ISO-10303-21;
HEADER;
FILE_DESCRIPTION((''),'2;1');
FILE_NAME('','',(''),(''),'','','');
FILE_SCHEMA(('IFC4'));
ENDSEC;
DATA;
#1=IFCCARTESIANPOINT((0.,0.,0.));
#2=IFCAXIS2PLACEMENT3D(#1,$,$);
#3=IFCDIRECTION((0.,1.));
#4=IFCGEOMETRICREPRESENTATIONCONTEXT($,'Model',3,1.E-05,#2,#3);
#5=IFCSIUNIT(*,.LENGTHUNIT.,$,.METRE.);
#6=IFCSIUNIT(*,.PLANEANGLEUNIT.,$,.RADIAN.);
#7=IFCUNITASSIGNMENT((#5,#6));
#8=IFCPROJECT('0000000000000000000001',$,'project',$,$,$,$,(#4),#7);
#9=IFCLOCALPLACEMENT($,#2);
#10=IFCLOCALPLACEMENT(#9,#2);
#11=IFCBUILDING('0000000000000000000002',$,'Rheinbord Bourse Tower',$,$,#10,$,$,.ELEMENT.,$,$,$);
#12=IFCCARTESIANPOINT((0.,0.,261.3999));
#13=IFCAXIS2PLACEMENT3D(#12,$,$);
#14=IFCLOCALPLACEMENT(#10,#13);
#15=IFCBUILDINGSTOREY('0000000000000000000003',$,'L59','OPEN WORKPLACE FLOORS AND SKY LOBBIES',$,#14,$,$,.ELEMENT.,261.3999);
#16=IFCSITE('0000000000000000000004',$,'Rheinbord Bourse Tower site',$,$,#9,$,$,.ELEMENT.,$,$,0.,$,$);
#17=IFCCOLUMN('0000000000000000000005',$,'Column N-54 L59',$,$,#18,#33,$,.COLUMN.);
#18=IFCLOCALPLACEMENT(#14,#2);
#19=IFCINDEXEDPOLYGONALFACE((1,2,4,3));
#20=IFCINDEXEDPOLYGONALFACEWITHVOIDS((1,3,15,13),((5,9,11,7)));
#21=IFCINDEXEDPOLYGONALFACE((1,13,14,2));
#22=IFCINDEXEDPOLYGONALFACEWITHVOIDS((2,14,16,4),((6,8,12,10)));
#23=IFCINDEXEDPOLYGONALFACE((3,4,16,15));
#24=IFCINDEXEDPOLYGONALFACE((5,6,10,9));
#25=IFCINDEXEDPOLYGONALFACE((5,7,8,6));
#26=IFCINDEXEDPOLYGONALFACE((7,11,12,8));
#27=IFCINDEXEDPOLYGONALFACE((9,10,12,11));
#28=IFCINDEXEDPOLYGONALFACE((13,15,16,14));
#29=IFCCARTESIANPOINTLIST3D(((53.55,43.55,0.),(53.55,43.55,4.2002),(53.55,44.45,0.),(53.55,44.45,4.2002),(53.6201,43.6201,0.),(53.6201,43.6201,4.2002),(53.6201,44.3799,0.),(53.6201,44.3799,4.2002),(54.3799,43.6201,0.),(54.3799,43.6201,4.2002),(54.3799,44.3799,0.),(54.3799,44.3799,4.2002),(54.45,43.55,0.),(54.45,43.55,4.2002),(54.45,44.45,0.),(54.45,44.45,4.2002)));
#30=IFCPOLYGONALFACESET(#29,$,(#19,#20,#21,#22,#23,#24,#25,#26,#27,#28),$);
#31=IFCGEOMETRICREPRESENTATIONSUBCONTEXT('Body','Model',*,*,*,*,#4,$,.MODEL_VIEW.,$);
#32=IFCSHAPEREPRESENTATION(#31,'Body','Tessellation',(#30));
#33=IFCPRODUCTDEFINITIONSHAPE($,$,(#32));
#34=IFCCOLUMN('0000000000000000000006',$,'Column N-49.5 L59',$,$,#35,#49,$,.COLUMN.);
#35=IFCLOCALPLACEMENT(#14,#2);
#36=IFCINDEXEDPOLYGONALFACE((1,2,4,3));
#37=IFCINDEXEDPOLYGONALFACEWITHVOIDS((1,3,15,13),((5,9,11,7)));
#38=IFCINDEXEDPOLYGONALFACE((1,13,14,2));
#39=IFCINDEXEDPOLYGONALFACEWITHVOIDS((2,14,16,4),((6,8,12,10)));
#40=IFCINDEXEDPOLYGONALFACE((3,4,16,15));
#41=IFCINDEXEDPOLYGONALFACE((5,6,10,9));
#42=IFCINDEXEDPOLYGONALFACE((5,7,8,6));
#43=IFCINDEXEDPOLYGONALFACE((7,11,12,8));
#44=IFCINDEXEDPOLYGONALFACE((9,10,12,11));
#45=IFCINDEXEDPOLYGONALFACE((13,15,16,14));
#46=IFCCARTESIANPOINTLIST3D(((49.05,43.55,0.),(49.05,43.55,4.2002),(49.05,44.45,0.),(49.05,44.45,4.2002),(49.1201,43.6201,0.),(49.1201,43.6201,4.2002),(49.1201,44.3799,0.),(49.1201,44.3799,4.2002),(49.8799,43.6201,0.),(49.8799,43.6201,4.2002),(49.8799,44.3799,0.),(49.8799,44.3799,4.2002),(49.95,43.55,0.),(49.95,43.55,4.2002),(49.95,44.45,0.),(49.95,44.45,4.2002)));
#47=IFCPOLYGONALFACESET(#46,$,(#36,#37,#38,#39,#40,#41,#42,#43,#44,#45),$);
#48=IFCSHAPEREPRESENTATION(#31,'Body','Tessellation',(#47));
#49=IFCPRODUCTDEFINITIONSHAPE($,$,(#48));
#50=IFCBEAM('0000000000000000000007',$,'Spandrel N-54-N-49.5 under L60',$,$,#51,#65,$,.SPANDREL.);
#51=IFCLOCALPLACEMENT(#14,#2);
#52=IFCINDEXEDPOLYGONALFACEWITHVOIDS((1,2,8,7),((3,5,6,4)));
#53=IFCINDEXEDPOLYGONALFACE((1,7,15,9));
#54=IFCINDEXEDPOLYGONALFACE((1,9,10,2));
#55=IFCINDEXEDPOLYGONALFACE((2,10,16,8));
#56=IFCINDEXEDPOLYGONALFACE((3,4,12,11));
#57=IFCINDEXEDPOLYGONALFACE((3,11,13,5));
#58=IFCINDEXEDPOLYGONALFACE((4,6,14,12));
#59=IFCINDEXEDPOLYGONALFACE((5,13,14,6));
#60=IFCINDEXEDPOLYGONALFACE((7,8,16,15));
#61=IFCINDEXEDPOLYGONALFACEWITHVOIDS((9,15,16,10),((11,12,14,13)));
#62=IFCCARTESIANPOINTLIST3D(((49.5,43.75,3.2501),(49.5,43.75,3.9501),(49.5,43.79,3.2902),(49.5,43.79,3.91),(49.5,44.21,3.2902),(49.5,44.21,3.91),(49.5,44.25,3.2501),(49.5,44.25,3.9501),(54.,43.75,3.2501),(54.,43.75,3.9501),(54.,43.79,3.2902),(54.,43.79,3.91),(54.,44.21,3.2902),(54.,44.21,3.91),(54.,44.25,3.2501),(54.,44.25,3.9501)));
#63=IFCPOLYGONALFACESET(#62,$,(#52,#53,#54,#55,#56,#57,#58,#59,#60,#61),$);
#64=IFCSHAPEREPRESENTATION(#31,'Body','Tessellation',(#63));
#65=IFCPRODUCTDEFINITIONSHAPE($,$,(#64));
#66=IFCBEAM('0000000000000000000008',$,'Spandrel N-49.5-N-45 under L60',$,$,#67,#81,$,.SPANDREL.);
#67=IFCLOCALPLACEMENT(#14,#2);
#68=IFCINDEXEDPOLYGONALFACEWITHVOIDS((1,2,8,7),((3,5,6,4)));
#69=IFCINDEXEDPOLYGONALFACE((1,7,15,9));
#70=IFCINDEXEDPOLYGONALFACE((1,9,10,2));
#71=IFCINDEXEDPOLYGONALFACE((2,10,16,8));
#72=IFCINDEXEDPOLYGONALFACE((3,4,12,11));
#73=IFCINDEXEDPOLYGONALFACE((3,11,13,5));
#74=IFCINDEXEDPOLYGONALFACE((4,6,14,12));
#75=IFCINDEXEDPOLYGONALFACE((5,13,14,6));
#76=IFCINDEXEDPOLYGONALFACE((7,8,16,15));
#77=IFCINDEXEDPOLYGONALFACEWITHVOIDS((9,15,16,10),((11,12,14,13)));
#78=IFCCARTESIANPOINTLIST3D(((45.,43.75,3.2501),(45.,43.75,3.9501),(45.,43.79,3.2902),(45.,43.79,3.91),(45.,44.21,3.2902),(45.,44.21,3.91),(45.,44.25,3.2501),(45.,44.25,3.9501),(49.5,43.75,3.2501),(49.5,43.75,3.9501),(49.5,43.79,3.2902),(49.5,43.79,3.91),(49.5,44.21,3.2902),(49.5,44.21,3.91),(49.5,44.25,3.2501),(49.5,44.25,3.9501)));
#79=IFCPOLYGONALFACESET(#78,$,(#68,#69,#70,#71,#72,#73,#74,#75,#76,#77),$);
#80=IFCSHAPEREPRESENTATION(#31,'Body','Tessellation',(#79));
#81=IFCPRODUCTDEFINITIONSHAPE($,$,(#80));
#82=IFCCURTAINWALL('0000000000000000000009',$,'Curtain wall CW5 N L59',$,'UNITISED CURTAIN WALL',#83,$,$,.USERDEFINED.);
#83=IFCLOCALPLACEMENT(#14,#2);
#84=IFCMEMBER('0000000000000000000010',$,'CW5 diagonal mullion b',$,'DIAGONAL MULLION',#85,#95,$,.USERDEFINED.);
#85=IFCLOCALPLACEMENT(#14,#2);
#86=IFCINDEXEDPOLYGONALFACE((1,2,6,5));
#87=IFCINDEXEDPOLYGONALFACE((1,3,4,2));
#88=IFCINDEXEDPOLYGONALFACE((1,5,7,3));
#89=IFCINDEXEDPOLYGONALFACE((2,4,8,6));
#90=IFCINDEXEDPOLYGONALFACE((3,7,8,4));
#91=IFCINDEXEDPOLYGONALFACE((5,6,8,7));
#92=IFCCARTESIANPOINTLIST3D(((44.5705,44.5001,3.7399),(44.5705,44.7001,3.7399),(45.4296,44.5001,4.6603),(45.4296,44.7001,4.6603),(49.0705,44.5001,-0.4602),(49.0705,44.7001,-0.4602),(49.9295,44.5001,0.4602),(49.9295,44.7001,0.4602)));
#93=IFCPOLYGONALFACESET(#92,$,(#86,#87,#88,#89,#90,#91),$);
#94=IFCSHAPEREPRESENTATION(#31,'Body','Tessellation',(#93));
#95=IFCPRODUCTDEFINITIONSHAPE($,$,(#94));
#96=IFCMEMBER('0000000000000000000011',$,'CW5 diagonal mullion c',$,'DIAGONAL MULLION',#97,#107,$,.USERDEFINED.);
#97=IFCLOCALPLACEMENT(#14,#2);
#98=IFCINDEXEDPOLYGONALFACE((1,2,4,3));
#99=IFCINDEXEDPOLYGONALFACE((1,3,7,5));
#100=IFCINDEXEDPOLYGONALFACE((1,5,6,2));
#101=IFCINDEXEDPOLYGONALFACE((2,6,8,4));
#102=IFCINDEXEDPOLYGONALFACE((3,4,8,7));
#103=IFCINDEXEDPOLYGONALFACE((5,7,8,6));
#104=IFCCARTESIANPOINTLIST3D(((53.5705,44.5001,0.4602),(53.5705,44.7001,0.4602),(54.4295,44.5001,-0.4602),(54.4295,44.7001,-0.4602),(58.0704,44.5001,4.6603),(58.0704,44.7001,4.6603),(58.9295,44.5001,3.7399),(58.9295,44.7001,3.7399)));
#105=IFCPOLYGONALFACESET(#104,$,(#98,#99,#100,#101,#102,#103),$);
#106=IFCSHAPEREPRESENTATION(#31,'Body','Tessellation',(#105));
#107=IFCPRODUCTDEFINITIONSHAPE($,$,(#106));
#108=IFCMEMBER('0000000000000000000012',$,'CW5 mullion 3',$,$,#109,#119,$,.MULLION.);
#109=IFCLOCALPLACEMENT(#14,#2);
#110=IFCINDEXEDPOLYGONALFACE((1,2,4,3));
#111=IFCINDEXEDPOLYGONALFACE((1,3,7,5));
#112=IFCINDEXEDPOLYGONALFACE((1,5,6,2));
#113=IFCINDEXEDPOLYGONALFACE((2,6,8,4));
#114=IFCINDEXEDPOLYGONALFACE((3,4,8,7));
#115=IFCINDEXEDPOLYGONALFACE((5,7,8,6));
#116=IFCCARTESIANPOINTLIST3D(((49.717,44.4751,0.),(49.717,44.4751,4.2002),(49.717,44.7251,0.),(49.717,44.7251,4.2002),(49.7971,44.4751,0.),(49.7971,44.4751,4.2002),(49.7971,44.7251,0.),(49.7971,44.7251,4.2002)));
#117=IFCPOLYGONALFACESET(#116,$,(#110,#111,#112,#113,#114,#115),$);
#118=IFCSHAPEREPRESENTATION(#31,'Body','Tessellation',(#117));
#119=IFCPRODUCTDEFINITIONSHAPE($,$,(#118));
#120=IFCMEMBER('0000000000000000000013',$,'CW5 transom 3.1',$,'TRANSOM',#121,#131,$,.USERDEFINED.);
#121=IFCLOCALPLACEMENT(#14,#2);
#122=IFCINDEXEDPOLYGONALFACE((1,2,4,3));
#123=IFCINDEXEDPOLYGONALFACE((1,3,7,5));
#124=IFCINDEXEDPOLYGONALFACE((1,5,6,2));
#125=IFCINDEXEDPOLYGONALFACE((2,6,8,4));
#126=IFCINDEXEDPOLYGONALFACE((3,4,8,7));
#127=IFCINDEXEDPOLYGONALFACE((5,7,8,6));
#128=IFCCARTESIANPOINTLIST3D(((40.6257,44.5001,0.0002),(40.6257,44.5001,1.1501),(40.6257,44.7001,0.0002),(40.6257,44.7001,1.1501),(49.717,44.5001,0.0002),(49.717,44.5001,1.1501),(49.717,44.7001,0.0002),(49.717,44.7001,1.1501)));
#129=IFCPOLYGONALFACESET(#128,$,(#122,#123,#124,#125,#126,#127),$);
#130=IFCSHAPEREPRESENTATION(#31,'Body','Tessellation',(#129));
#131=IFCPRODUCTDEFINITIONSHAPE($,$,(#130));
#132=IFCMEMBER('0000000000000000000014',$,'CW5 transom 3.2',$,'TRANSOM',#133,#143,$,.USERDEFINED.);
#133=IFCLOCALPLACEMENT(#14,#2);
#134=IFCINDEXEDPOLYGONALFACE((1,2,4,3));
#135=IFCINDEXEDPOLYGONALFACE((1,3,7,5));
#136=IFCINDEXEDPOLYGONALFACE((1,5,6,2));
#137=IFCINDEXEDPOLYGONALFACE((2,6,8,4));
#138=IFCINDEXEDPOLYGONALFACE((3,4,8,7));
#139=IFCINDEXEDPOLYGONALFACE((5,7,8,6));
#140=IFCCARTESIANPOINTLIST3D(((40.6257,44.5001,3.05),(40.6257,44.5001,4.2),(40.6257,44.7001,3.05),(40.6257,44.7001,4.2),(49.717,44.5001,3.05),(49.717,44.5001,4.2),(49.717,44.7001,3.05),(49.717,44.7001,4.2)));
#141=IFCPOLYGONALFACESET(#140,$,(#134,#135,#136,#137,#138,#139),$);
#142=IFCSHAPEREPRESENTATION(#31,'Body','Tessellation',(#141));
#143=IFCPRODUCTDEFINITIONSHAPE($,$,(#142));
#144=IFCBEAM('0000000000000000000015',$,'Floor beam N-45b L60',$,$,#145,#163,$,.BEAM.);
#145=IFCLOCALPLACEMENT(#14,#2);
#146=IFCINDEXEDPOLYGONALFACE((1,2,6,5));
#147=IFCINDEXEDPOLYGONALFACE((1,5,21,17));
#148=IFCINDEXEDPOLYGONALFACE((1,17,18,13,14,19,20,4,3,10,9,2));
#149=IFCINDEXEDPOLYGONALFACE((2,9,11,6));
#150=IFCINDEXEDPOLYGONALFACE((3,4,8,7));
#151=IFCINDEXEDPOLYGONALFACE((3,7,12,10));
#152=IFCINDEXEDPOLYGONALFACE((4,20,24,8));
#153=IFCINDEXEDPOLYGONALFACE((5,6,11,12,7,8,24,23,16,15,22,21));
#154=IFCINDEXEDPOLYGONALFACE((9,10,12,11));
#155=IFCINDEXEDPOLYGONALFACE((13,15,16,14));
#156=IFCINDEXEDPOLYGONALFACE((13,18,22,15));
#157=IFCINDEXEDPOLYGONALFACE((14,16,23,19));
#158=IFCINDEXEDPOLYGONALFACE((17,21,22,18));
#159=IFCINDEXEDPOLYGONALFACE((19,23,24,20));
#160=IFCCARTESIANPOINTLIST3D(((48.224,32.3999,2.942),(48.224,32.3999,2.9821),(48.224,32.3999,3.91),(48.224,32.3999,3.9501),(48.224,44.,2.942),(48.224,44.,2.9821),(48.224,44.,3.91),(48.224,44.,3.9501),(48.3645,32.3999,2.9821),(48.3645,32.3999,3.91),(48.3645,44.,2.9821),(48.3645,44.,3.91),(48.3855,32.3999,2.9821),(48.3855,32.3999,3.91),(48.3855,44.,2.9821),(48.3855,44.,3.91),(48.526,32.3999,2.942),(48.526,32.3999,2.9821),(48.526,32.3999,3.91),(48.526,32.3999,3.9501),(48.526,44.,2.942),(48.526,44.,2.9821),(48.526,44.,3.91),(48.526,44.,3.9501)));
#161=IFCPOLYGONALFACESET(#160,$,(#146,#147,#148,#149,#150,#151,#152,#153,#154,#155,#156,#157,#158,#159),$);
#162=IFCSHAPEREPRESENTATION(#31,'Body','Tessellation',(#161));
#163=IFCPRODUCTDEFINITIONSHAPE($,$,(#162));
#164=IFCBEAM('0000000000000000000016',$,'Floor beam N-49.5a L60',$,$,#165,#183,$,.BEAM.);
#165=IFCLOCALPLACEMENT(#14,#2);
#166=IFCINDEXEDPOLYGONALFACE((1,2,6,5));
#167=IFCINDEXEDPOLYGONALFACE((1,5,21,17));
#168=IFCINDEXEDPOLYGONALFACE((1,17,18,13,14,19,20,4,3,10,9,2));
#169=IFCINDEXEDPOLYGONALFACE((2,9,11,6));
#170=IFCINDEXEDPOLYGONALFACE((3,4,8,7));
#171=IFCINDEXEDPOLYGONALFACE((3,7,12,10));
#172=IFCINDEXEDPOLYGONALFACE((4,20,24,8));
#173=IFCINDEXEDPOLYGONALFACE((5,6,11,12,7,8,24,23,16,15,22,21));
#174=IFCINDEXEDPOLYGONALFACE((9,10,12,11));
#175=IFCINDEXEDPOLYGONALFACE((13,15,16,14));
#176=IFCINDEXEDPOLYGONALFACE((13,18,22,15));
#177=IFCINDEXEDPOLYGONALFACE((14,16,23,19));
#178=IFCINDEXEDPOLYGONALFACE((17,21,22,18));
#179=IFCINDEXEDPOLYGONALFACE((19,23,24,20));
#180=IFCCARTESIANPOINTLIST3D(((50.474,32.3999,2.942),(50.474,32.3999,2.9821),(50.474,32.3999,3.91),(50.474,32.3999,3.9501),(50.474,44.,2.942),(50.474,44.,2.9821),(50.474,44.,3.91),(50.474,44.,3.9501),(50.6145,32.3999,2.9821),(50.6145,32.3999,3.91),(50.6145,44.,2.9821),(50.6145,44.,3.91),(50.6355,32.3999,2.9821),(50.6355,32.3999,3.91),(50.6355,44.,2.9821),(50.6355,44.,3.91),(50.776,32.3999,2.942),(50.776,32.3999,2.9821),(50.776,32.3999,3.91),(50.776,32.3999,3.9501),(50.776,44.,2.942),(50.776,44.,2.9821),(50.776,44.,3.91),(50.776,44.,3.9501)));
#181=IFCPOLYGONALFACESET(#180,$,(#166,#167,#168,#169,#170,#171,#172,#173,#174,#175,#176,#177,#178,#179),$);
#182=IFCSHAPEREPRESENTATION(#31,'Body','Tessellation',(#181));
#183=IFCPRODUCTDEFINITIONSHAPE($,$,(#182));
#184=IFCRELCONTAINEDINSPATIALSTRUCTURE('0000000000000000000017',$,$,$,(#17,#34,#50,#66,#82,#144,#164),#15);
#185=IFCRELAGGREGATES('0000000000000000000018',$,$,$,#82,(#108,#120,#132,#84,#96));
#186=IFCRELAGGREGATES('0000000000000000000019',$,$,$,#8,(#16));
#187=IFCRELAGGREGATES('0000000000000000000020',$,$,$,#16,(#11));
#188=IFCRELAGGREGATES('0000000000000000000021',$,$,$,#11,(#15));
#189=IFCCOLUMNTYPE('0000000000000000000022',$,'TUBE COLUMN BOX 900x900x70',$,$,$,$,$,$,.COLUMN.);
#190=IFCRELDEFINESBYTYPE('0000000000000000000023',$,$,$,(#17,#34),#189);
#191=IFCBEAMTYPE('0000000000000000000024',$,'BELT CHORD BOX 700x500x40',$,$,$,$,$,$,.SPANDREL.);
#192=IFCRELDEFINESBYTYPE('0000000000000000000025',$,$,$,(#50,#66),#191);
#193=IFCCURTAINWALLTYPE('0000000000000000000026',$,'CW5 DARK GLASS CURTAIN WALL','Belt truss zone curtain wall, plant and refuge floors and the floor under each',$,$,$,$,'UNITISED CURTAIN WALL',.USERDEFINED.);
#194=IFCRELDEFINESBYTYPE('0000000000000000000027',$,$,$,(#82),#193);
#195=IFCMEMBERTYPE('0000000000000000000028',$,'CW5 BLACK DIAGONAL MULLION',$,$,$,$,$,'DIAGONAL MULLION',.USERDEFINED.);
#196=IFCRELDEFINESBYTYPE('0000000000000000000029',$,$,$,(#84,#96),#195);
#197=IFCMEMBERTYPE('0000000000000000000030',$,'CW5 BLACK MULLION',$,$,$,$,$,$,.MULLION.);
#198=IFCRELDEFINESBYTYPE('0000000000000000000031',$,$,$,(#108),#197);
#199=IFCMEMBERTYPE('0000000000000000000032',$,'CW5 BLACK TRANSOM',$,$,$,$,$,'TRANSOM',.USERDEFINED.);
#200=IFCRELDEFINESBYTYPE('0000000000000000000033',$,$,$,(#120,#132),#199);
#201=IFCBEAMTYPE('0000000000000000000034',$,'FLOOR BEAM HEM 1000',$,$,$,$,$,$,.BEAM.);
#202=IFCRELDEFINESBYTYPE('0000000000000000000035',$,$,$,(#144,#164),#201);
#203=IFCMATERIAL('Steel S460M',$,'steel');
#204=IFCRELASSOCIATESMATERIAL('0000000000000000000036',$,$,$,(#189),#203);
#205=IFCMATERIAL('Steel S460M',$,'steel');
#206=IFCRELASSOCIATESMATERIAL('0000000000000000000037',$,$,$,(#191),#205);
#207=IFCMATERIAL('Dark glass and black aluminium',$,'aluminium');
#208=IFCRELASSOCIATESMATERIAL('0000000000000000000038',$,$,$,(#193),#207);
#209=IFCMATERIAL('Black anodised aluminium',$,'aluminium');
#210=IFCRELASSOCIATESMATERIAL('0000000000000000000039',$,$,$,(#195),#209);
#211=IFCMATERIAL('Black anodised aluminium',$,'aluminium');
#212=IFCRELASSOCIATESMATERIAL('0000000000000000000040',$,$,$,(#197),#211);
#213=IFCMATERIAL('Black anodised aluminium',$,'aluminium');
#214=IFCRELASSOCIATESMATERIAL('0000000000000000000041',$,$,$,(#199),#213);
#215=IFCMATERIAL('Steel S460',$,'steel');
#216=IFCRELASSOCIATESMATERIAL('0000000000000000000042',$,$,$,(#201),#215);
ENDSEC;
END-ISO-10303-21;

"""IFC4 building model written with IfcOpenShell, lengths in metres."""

from ifc_helpers import new_model, si_unit, direction, frame, origin, origin_2d, place, context, subcontext, project, spatial, rectangle, hollow_rectangle, i_section, extrude, material, material_profile, profile_set, type_object, element, aggregate, save


model = new_model("IFC4")

# Units and contexts
model_context = context("Model", 3, precision=1e-05, world=origin(), true_north=direction((0.0, 1.0)))
body_context = subcontext(model_context, "Body", "Model", "MODEL_VIEW")
ifc_project = project(units=[si_unit("LENGTHUNIT", "METRE"), si_unit("PLANEANGLEUNIT", "RADIAN")], contexts=[model_context])

# Site, building, storey
site_placement = place(None, origin())
site = spatial("IfcSite", under=ifc_project, at=site_placement, Name="Rheinbord Bourse Tower site", CompositionType="ELEMENT", RefElevation=0.0)
building_placement = place(site_placement, origin())
building = spatial("IfcBuilding", under=site, at=building_placement, Name="Rheinbord Bourse Tower", CompositionType="ELEMENT")
storey_placement = place(building_placement, frame((0.0, 0.0, 261.3999)))
storey = spatial("IfcBuildingStorey", under=building, at=storey_placement, Name="L59", Description="OPEN WORKPLACE FLOORS AND SKY LOBBIES", CompositionType="ELEMENT", Elevation=261.3999)

# Columns
ifc_material_1 = material(Name="Steel S460M", Category="steel")
ifc_material_profile_1 = material_profile(ifc_material_1, hollow_rectangle(XDim=0.8999, YDim=0.8999, WallThickness=0.0701, at=origin_2d()), Name="BOX 900x900x70")
ifc_profile_set_1 = profile_set([ifc_material_profile_1], Name="Steel S460M")
column_type = type_object("IfcColumnType", Name="TUBE COLUMN BOX 900x900x70", PredefinedType="COLUMN", material=ifc_profile_set_1)
for number, where, z_axis, x_axis, name in (
    (1, (54.0, 44.0, 0.0), (0.0, 0.0, 1.0), (0.0, 1.0, 0.0), "Column N-54 L59"),
    (2, (49.5, 44.0, 0.0), (0.0, 0.0, 1.0), (0.0, 1.0, 0.0), "Column N-49.5 L59"),
):
    element("IfcColumn", number, at=place(storey_placement, frame(where, z_axis=z_axis, x_axis=x_axis)), inside=storey, type_object=column_type, Name=name, PredefinedType="COLUMN", context=body_context, shape_type="SweptSolid", body=[
        extrude(hollow_rectangle(XDim=0.8999, YDim=0.8999, WallThickness=0.0701, at=origin_2d()), origin(), (0.0, 0.0, 1.0), 4.2002),
    ])

# Beams
ifc_material_2 = material(Name="Steel S460M", Category="steel")
ifc_material_profile_2 = material_profile(ifc_material_2, hollow_rectangle(XDim=0.5, YDim=0.7, WallThickness=0.04, at=origin_2d()), Name="BOX 700x500x40")
ifc_profile_set_2 = profile_set([ifc_material_profile_2], Name="Steel S460M")
beam_type_1 = type_object("IfcBeamType", Name="BELT CHORD BOX 700x500x40", PredefinedType="SPANDREL", material=ifc_profile_set_2)
for number, where, z_axis, x_axis, name in (
    (3, (54.0, 44.0, 3.6001), (-1.0, 0.0, 0.0), (0.0, -1.0, 0.0), "Spandrel N-54-N-49.5 under L60"),
    (4, (49.5, 44.0, 3.6001), (-1.0, 0.0, 0.0), (0.0, -1.0, 0.0), "Spandrel N-49.5-N-45 under L60"),
):
    element("IfcBeam", number, at=place(storey_placement, frame(where, z_axis=z_axis, x_axis=x_axis)), inside=storey, type_object=beam_type_1, Name=name, PredefinedType="SPANDREL", context=body_context, shape_type="SweptSolid", body=[
        extrude(hollow_rectangle(XDim=0.5, YDim=0.7, WallThickness=0.04, at=origin_2d()), origin(), (0.0, 0.0, 1.0), 4.5),
    ])

# Curtain wall, members
ifc_material_3 = material(Name="Dark glass and black aluminium", Category="aluminium")
curtain_wall_type = type_object("IfcCurtainWallType", Name="CW5 DARK GLASS CURTAIN WALL", Description="Belt truss zone curtain wall, plant and refuge floors and the floor under each", ElementType="UNITISED CURTAIN WALL", PredefinedType="USERDEFINED", material=ifc_material_3)
curtain_wall_placement = place(storey_placement, origin())
curtain_wall = element("IfcCurtainWall", 5, at=curtain_wall_placement, inside=storey, type_object=curtain_wall_type, Name="Curtain wall CW5 N L59", ObjectType="UNITISED CURTAIN WALL", PredefinedType="USERDEFINED")
ifc_material_4 = material(Name="Black anodised aluminium", Category="aluminium")
ifc_material_profile_3 = material_profile(ifc_material_4, rectangle(XDim=0.2, YDim=1.259, at=origin_2d()), Name="CW5 DIAGONAL MULLION 1259x200")
ifc_profile_set_3 = profile_set([ifc_material_profile_3], Name="Black anodised aluminium")
member_type_1 = type_object("IfcMemberType", Name="CW5 BLACK DIAGONAL MULLION", ElementType="DIAGONAL MULLION", PredefinedType="USERDEFINED", material=ifc_profile_set_3)
member_1_placement = place(storey_placement, frame((49.5, 44.6001, 0.0), z_axis=(-0.731039, 0.0, 0.682335), x_axis=(0.0, -1.0, 0.0)))
member_1 = element("IfcMember", 6, at=member_1_placement, type_object=member_type_1, Name="CW5 diagonal mullion b", ObjectType="DIAGONAL MULLION", PredefinedType="USERDEFINED", context=body_context, shape_type="SweptSolid", body=[
    extrude(rectangle(XDim=0.2, YDim=1.259, at=origin_2d()), origin(), (0.0, 0.0, 1.0), 6.1555),
])
member_2_placement = place(storey_placement, frame((54.0, 44.6001, 0.0), z_axis=(0.731039, 0.0, 0.682335), x_axis=(0.0, 1.0, 0.0)))
member_2 = element("IfcMember", 7, at=member_2_placement, type_object=member_type_1, Name="CW5 diagonal mullion c", ObjectType="DIAGONAL MULLION", PredefinedType="USERDEFINED", context=body_context, shape_type="SweptSolid", body=[
    extrude(rectangle(XDim=0.2, YDim=1.259, at=origin_2d()), origin(), (0.0, 0.0, 1.0), 6.1555),
])
ifc_material_5 = material(Name="Black anodised aluminium", Category="aluminium")
ifc_material_profile_4 = material_profile(ifc_material_5, rectangle(XDim=0.25, YDim=0.0801, at=origin_2d()), Name="CW5 MULLION 80x250")
ifc_profile_set_4 = profile_set([ifc_material_profile_4], Name="Black anodised aluminium")
member_type_2 = type_object("IfcMemberType", Name="CW5 BLACK MULLION", PredefinedType="MULLION", material=ifc_profile_set_4)
member_3_placement = place(storey_placement, frame((49.7571, 44.6001, 0.0), z_axis=(0.0, 0.0, 1.0), x_axis=(0.0, -1.0, 0.0)))
member_3 = element("IfcMember", 8, at=member_3_placement, type_object=member_type_2, Name="CW5 mullion 3", PredefinedType="MULLION", context=body_context, shape_type="SweptSolid", body=[
    extrude(rectangle(XDim=0.25, YDim=0.0801, at=origin_2d()), origin(), (0.0, 0.0, 1.0), 4.2002),
])
ifc_material_6 = material(Name="Black anodised aluminium", Category="aluminium")
ifc_material_profile_5 = material_profile(ifc_material_6, rectangle(XDim=0.2, YDim=1.1499, at=origin_2d()), Name="CW5 TRANSOM 1150x200")
ifc_profile_set_5 = profile_set([ifc_material_profile_5], Name="Black anodised aluminium")
member_type_3 = type_object("IfcMemberType", Name="CW5 BLACK TRANSOM", ElementType="TRANSOM", PredefinedType="USERDEFINED", material=ifc_profile_set_5)
member_4_placement = place(storey_placement, frame((49.717, 44.6001, 0.5752), z_axis=(-1.0, 0.0, 0.0), x_axis=(0.0, -1.0, 0.0)))
member_4 = element("IfcMember", 9, at=member_4_placement, type_object=member_type_3, Name="CW5 transom 3.1", ObjectType="TRANSOM", PredefinedType="USERDEFINED", context=body_context, shape_type="SweptSolid", body=[
    extrude(rectangle(XDim=0.2, YDim=1.1499, at=origin_2d()), origin(), (0.0, 0.0, 1.0), 9.0913),
])
member_5_placement = place(storey_placement, frame((49.717, 44.6001, 3.625), z_axis=(-1.0, 0.0, 0.0), x_axis=(0.0, -1.0, 0.0)))
member_5 = element("IfcMember", 10, at=member_5_placement, type_object=member_type_3, Name="CW5 transom 3.2", ObjectType="TRANSOM", PredefinedType="USERDEFINED", context=body_context, shape_type="SweptSolid", body=[
    extrude(rectangle(XDim=0.2, YDim=1.1499, at=origin_2d()), origin(), (0.0, 0.0, 1.0), 9.0913),
])

# Beams
ifc_material_7 = material(Name="Steel S460", Category="steel")
ifc_material_profile_6 = material_profile(ifc_material_7, i_section(OverallWidth=0.302, OverallDepth=1.0081, WebThickness=0.021, FlangeThickness=0.04, at=origin_2d()), Name="HEM 1000")
ifc_profile_set_6 = profile_set([ifc_material_profile_6], Name="Steel S460")
beam_type_2 = type_object("IfcBeamType", Name="FLOOR BEAM HEM 1000", PredefinedType="BEAM", material=ifc_profile_set_6)
for number, where, z_axis, x_axis, name in (
    (11, (48.375, 44.0, 3.446), (0.0, -1.0, 0.0), (1.0, 0.0, 0.0), "Floor beam N-45b L60"),
    (12, (50.625, 44.0, 3.446), (0.0, -1.0, 0.0), (1.0, 0.0, 0.0), "Floor beam N-49.5a L60"),
):
    element("IfcBeam", number, at=place(storey_placement, frame(where, z_axis=z_axis, x_axis=x_axis)), inside=storey, type_object=beam_type_2, Name=name, PredefinedType="BEAM", context=body_context, shape_type="SweptSolid", body=[
        extrude(i_section(OverallWidth=0.302, OverallDepth=1.0081, WebThickness=0.021, FlangeThickness=0.04, at=origin_2d()), origin(), (0.0, 0.0, 1.0), 11.6001),
    ])

aggregate(curtain_wall, [member_3, member_4, member_5, member_1, member_2])

save(model, "model.ifc")
